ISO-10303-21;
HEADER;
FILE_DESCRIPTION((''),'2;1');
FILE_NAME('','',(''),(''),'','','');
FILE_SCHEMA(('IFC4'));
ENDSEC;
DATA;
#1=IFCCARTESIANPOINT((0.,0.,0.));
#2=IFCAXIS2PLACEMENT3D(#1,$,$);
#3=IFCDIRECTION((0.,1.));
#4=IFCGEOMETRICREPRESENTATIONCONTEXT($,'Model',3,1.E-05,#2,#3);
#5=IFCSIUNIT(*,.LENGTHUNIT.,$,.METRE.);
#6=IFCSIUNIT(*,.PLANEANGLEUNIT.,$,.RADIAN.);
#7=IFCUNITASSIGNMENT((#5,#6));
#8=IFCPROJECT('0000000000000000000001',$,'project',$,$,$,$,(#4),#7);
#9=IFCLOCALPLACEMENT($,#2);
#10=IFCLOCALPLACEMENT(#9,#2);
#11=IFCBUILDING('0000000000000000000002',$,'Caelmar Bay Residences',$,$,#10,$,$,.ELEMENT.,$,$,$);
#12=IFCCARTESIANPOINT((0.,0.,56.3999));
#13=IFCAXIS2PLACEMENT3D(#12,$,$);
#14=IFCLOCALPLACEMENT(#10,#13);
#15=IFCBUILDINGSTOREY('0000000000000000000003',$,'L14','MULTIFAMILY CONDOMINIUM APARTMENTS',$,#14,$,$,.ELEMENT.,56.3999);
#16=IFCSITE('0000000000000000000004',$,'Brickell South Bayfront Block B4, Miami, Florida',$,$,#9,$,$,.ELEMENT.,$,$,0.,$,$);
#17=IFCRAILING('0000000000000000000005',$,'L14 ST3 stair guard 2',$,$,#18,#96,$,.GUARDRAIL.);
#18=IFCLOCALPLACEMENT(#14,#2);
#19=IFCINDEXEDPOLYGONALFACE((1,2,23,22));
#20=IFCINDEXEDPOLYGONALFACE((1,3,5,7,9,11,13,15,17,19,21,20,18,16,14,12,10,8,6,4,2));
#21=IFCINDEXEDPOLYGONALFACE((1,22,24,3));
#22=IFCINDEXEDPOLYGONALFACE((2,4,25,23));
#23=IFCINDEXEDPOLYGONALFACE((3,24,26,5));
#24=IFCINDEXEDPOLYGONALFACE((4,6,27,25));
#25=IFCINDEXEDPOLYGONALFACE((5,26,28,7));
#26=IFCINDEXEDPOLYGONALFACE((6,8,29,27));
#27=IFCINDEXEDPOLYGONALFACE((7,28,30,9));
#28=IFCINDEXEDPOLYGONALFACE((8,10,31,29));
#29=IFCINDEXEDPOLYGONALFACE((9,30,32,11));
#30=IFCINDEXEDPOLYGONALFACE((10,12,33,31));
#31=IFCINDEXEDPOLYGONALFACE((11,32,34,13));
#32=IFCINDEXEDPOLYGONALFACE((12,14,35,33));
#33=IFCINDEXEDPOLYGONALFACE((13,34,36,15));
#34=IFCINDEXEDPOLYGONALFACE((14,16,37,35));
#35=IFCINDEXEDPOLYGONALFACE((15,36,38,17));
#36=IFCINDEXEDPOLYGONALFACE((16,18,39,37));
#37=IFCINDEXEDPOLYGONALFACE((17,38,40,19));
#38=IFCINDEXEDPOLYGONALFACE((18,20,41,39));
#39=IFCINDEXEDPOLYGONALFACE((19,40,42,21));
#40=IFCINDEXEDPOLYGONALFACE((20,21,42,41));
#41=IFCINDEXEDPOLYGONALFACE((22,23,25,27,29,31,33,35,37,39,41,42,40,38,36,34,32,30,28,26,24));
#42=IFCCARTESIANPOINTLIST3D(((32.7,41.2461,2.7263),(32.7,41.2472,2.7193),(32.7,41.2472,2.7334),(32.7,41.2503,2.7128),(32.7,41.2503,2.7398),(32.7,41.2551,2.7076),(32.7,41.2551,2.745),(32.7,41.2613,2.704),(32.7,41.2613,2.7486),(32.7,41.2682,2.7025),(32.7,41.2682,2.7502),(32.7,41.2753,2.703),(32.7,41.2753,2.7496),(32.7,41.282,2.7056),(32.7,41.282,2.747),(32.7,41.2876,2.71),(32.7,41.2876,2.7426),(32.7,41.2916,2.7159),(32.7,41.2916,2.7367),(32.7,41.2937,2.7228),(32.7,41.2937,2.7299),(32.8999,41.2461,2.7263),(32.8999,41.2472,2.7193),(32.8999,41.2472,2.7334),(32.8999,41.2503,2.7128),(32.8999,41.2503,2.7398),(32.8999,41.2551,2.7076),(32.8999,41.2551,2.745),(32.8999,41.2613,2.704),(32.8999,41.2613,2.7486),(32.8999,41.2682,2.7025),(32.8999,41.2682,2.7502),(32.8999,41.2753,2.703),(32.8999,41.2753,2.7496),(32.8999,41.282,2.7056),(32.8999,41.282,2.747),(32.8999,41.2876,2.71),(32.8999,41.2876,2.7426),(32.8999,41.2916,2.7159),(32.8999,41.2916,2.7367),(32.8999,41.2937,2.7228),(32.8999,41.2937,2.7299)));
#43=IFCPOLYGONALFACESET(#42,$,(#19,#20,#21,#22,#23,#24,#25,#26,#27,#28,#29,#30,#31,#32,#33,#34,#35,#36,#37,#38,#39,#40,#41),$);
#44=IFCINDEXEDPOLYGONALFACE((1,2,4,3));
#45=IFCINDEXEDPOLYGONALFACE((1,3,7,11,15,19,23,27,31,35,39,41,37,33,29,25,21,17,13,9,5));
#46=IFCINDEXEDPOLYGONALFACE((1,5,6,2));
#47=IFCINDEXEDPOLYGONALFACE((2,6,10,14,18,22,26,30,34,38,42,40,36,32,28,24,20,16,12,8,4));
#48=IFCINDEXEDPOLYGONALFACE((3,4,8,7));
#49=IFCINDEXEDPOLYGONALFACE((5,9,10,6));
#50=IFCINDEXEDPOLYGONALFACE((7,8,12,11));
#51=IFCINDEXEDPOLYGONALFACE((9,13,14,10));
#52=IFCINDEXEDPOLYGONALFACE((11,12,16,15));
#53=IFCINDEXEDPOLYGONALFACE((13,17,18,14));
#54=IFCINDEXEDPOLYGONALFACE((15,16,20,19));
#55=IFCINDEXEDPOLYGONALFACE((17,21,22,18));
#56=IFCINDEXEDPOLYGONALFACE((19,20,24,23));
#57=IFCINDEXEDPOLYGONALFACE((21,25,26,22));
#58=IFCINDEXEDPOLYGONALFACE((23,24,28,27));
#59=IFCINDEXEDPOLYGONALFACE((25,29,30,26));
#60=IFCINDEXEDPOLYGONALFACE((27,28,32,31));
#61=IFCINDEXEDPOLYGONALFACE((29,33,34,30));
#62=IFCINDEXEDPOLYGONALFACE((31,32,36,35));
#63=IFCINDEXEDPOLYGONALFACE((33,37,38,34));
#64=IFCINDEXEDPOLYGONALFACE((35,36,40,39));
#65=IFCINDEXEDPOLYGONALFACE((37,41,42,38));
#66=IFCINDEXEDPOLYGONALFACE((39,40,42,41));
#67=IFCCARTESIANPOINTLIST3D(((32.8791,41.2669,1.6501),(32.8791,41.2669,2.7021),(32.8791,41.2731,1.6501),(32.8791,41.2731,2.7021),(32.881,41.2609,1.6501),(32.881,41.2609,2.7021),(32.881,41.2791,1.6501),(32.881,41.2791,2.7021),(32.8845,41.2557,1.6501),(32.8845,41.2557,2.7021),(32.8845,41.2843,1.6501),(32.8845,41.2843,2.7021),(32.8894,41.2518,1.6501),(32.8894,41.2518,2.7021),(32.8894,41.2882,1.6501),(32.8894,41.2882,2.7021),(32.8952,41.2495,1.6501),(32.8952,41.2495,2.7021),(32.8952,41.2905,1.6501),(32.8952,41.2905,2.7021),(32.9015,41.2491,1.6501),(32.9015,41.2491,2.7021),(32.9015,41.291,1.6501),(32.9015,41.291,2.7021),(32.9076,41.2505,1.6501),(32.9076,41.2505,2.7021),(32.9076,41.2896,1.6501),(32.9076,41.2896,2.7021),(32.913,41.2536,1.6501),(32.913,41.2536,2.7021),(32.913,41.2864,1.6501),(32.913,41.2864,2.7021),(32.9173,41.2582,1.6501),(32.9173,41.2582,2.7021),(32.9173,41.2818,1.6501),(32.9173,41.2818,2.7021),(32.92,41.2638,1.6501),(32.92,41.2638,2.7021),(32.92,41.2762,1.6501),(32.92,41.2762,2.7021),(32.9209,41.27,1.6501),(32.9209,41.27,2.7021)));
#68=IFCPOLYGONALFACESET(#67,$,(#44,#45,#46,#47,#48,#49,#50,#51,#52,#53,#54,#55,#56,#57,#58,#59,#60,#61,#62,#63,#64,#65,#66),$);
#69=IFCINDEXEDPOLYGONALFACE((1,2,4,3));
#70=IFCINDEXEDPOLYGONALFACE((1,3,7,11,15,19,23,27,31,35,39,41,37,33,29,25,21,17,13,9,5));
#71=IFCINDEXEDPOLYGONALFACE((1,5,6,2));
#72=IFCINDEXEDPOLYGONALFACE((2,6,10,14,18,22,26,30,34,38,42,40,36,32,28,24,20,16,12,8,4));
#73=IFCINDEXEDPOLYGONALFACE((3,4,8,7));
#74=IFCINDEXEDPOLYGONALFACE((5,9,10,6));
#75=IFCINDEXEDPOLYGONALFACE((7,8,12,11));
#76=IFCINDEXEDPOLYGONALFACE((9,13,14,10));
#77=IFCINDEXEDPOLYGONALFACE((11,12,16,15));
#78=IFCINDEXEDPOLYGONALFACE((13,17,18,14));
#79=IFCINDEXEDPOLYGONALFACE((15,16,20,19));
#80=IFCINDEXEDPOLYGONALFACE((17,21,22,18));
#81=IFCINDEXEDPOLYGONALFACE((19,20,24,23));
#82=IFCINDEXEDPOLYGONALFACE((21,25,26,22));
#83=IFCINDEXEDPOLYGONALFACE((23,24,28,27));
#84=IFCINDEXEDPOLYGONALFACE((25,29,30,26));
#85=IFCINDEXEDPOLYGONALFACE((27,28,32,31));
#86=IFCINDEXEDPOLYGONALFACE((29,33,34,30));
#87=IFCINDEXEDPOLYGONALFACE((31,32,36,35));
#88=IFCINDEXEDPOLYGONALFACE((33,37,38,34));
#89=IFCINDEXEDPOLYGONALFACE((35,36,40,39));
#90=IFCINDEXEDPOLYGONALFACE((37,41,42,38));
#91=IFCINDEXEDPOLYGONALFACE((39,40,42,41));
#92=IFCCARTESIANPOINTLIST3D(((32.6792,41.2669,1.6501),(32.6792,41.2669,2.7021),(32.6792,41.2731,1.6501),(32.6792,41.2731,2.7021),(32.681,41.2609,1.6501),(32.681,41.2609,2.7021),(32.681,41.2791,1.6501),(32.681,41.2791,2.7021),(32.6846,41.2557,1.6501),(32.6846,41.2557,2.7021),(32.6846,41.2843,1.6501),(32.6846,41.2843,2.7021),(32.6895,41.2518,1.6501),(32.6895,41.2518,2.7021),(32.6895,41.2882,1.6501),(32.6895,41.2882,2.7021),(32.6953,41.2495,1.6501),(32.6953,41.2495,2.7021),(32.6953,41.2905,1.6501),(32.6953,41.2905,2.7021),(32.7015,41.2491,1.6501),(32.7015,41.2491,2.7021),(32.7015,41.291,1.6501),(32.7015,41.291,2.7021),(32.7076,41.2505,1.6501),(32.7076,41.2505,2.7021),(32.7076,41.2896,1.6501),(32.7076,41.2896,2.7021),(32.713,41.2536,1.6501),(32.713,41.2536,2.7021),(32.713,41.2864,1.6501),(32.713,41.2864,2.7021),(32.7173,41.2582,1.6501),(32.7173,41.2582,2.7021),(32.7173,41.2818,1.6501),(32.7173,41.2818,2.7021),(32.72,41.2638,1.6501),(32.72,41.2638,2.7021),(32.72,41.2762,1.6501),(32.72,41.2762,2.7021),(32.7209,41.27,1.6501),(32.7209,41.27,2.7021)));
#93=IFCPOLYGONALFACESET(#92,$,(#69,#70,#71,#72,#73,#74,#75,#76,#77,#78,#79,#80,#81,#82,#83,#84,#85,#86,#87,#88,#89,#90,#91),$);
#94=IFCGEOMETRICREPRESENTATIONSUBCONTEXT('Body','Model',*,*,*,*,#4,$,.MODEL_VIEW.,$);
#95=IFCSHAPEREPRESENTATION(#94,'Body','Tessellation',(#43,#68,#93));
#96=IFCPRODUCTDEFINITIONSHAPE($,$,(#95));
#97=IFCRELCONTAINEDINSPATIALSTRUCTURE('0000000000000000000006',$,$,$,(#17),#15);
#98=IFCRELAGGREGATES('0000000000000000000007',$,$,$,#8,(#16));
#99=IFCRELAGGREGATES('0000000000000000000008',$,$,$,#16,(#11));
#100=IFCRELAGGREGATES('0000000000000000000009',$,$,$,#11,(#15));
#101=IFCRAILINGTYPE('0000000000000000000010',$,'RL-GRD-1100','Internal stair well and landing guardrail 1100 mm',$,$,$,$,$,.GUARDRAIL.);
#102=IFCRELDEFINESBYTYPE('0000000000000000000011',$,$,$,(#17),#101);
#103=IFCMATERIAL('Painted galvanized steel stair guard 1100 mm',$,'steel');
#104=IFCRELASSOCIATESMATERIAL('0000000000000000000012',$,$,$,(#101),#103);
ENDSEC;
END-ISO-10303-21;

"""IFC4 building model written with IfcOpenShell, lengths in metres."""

from ifc_helpers import new_model, si_unit, direction, frame, origin, origin_2d, place, context, subcontext, project, spatial, circle, extrude, material, type_object, element, save


model = new_model("IFC4")

# Units and contexts
model_context = context("Model", 3, precision=1e-05, world=origin(), true_north=direction((0.0, 1.0)))
body_context = subcontext(model_context, "Body", "Model", "MODEL_VIEW")
ifc_project = project(units=[si_unit("LENGTHUNIT", "METRE"), si_unit("PLANEANGLEUNIT", "RADIAN")], contexts=[model_context])

# Site, building, storey
site_placement = place(None, origin())
site = spatial("IfcSite", under=ifc_project, at=site_placement, Name="Brickell South Bayfront Block B4, Miami, Florida", CompositionType="ELEMENT", RefElevation=0.0)
building_placement = place(site_placement, origin())
building = spatial("IfcBuilding", under=site, at=building_placement, Name="Caelmar Bay Residences", CompositionType="ELEMENT")
storey_placement = place(building_placement, frame((0.0, 0.0, 56.3999)))
storey = spatial("IfcBuildingStorey", under=building, at=storey_placement, Name="L14", Description="MULTIFAMILY CONDOMINIUM APARTMENTS", CompositionType="ELEMENT", Elevation=56.3999)

# Railing
ifc_material_1 = material(Name="Painted galvanized steel stair guard 1100 mm", Category="steel")
railing_type_1 = type_object("IfcRailingType", Name="RL-GRD-1100", Description="Internal stair well and landing guardrail 1100 mm", PredefinedType="GUARDRAIL", material=ifc_material_1)
railing_1_placement = place(storey_placement, frame((32.8999, 41.27, 1.6501)))
element("IfcRailing", 1, at=railing_1_placement, inside=storey, type_object=railing_type_1, Name="L14 ST3 stair guard 2", PredefinedType="GUARDRAIL", context=body_context, shape_type="SweptSolid", body=[
    extrude(circle(Radius=0.0239, at=origin_2d()), frame((0.0, 0.0, 1.0762), z_axis=(-1.0, 0.0, 0.0), x_axis=(0.0, -1.0, 0.0)), (0.0, 0.0, 1.0), 0.2),
    extrude(circle(Radius=0.021, at=origin_2d()), origin(), (0.0, 0.0, 1.0), 1.052),
    extrude(circle(Radius=0.021, at=origin_2d()), frame((-0.2, 0.0, 0.0)), (0.0, 0.0, 1.0), 1.052),
])

save(model, "model.ifc")
